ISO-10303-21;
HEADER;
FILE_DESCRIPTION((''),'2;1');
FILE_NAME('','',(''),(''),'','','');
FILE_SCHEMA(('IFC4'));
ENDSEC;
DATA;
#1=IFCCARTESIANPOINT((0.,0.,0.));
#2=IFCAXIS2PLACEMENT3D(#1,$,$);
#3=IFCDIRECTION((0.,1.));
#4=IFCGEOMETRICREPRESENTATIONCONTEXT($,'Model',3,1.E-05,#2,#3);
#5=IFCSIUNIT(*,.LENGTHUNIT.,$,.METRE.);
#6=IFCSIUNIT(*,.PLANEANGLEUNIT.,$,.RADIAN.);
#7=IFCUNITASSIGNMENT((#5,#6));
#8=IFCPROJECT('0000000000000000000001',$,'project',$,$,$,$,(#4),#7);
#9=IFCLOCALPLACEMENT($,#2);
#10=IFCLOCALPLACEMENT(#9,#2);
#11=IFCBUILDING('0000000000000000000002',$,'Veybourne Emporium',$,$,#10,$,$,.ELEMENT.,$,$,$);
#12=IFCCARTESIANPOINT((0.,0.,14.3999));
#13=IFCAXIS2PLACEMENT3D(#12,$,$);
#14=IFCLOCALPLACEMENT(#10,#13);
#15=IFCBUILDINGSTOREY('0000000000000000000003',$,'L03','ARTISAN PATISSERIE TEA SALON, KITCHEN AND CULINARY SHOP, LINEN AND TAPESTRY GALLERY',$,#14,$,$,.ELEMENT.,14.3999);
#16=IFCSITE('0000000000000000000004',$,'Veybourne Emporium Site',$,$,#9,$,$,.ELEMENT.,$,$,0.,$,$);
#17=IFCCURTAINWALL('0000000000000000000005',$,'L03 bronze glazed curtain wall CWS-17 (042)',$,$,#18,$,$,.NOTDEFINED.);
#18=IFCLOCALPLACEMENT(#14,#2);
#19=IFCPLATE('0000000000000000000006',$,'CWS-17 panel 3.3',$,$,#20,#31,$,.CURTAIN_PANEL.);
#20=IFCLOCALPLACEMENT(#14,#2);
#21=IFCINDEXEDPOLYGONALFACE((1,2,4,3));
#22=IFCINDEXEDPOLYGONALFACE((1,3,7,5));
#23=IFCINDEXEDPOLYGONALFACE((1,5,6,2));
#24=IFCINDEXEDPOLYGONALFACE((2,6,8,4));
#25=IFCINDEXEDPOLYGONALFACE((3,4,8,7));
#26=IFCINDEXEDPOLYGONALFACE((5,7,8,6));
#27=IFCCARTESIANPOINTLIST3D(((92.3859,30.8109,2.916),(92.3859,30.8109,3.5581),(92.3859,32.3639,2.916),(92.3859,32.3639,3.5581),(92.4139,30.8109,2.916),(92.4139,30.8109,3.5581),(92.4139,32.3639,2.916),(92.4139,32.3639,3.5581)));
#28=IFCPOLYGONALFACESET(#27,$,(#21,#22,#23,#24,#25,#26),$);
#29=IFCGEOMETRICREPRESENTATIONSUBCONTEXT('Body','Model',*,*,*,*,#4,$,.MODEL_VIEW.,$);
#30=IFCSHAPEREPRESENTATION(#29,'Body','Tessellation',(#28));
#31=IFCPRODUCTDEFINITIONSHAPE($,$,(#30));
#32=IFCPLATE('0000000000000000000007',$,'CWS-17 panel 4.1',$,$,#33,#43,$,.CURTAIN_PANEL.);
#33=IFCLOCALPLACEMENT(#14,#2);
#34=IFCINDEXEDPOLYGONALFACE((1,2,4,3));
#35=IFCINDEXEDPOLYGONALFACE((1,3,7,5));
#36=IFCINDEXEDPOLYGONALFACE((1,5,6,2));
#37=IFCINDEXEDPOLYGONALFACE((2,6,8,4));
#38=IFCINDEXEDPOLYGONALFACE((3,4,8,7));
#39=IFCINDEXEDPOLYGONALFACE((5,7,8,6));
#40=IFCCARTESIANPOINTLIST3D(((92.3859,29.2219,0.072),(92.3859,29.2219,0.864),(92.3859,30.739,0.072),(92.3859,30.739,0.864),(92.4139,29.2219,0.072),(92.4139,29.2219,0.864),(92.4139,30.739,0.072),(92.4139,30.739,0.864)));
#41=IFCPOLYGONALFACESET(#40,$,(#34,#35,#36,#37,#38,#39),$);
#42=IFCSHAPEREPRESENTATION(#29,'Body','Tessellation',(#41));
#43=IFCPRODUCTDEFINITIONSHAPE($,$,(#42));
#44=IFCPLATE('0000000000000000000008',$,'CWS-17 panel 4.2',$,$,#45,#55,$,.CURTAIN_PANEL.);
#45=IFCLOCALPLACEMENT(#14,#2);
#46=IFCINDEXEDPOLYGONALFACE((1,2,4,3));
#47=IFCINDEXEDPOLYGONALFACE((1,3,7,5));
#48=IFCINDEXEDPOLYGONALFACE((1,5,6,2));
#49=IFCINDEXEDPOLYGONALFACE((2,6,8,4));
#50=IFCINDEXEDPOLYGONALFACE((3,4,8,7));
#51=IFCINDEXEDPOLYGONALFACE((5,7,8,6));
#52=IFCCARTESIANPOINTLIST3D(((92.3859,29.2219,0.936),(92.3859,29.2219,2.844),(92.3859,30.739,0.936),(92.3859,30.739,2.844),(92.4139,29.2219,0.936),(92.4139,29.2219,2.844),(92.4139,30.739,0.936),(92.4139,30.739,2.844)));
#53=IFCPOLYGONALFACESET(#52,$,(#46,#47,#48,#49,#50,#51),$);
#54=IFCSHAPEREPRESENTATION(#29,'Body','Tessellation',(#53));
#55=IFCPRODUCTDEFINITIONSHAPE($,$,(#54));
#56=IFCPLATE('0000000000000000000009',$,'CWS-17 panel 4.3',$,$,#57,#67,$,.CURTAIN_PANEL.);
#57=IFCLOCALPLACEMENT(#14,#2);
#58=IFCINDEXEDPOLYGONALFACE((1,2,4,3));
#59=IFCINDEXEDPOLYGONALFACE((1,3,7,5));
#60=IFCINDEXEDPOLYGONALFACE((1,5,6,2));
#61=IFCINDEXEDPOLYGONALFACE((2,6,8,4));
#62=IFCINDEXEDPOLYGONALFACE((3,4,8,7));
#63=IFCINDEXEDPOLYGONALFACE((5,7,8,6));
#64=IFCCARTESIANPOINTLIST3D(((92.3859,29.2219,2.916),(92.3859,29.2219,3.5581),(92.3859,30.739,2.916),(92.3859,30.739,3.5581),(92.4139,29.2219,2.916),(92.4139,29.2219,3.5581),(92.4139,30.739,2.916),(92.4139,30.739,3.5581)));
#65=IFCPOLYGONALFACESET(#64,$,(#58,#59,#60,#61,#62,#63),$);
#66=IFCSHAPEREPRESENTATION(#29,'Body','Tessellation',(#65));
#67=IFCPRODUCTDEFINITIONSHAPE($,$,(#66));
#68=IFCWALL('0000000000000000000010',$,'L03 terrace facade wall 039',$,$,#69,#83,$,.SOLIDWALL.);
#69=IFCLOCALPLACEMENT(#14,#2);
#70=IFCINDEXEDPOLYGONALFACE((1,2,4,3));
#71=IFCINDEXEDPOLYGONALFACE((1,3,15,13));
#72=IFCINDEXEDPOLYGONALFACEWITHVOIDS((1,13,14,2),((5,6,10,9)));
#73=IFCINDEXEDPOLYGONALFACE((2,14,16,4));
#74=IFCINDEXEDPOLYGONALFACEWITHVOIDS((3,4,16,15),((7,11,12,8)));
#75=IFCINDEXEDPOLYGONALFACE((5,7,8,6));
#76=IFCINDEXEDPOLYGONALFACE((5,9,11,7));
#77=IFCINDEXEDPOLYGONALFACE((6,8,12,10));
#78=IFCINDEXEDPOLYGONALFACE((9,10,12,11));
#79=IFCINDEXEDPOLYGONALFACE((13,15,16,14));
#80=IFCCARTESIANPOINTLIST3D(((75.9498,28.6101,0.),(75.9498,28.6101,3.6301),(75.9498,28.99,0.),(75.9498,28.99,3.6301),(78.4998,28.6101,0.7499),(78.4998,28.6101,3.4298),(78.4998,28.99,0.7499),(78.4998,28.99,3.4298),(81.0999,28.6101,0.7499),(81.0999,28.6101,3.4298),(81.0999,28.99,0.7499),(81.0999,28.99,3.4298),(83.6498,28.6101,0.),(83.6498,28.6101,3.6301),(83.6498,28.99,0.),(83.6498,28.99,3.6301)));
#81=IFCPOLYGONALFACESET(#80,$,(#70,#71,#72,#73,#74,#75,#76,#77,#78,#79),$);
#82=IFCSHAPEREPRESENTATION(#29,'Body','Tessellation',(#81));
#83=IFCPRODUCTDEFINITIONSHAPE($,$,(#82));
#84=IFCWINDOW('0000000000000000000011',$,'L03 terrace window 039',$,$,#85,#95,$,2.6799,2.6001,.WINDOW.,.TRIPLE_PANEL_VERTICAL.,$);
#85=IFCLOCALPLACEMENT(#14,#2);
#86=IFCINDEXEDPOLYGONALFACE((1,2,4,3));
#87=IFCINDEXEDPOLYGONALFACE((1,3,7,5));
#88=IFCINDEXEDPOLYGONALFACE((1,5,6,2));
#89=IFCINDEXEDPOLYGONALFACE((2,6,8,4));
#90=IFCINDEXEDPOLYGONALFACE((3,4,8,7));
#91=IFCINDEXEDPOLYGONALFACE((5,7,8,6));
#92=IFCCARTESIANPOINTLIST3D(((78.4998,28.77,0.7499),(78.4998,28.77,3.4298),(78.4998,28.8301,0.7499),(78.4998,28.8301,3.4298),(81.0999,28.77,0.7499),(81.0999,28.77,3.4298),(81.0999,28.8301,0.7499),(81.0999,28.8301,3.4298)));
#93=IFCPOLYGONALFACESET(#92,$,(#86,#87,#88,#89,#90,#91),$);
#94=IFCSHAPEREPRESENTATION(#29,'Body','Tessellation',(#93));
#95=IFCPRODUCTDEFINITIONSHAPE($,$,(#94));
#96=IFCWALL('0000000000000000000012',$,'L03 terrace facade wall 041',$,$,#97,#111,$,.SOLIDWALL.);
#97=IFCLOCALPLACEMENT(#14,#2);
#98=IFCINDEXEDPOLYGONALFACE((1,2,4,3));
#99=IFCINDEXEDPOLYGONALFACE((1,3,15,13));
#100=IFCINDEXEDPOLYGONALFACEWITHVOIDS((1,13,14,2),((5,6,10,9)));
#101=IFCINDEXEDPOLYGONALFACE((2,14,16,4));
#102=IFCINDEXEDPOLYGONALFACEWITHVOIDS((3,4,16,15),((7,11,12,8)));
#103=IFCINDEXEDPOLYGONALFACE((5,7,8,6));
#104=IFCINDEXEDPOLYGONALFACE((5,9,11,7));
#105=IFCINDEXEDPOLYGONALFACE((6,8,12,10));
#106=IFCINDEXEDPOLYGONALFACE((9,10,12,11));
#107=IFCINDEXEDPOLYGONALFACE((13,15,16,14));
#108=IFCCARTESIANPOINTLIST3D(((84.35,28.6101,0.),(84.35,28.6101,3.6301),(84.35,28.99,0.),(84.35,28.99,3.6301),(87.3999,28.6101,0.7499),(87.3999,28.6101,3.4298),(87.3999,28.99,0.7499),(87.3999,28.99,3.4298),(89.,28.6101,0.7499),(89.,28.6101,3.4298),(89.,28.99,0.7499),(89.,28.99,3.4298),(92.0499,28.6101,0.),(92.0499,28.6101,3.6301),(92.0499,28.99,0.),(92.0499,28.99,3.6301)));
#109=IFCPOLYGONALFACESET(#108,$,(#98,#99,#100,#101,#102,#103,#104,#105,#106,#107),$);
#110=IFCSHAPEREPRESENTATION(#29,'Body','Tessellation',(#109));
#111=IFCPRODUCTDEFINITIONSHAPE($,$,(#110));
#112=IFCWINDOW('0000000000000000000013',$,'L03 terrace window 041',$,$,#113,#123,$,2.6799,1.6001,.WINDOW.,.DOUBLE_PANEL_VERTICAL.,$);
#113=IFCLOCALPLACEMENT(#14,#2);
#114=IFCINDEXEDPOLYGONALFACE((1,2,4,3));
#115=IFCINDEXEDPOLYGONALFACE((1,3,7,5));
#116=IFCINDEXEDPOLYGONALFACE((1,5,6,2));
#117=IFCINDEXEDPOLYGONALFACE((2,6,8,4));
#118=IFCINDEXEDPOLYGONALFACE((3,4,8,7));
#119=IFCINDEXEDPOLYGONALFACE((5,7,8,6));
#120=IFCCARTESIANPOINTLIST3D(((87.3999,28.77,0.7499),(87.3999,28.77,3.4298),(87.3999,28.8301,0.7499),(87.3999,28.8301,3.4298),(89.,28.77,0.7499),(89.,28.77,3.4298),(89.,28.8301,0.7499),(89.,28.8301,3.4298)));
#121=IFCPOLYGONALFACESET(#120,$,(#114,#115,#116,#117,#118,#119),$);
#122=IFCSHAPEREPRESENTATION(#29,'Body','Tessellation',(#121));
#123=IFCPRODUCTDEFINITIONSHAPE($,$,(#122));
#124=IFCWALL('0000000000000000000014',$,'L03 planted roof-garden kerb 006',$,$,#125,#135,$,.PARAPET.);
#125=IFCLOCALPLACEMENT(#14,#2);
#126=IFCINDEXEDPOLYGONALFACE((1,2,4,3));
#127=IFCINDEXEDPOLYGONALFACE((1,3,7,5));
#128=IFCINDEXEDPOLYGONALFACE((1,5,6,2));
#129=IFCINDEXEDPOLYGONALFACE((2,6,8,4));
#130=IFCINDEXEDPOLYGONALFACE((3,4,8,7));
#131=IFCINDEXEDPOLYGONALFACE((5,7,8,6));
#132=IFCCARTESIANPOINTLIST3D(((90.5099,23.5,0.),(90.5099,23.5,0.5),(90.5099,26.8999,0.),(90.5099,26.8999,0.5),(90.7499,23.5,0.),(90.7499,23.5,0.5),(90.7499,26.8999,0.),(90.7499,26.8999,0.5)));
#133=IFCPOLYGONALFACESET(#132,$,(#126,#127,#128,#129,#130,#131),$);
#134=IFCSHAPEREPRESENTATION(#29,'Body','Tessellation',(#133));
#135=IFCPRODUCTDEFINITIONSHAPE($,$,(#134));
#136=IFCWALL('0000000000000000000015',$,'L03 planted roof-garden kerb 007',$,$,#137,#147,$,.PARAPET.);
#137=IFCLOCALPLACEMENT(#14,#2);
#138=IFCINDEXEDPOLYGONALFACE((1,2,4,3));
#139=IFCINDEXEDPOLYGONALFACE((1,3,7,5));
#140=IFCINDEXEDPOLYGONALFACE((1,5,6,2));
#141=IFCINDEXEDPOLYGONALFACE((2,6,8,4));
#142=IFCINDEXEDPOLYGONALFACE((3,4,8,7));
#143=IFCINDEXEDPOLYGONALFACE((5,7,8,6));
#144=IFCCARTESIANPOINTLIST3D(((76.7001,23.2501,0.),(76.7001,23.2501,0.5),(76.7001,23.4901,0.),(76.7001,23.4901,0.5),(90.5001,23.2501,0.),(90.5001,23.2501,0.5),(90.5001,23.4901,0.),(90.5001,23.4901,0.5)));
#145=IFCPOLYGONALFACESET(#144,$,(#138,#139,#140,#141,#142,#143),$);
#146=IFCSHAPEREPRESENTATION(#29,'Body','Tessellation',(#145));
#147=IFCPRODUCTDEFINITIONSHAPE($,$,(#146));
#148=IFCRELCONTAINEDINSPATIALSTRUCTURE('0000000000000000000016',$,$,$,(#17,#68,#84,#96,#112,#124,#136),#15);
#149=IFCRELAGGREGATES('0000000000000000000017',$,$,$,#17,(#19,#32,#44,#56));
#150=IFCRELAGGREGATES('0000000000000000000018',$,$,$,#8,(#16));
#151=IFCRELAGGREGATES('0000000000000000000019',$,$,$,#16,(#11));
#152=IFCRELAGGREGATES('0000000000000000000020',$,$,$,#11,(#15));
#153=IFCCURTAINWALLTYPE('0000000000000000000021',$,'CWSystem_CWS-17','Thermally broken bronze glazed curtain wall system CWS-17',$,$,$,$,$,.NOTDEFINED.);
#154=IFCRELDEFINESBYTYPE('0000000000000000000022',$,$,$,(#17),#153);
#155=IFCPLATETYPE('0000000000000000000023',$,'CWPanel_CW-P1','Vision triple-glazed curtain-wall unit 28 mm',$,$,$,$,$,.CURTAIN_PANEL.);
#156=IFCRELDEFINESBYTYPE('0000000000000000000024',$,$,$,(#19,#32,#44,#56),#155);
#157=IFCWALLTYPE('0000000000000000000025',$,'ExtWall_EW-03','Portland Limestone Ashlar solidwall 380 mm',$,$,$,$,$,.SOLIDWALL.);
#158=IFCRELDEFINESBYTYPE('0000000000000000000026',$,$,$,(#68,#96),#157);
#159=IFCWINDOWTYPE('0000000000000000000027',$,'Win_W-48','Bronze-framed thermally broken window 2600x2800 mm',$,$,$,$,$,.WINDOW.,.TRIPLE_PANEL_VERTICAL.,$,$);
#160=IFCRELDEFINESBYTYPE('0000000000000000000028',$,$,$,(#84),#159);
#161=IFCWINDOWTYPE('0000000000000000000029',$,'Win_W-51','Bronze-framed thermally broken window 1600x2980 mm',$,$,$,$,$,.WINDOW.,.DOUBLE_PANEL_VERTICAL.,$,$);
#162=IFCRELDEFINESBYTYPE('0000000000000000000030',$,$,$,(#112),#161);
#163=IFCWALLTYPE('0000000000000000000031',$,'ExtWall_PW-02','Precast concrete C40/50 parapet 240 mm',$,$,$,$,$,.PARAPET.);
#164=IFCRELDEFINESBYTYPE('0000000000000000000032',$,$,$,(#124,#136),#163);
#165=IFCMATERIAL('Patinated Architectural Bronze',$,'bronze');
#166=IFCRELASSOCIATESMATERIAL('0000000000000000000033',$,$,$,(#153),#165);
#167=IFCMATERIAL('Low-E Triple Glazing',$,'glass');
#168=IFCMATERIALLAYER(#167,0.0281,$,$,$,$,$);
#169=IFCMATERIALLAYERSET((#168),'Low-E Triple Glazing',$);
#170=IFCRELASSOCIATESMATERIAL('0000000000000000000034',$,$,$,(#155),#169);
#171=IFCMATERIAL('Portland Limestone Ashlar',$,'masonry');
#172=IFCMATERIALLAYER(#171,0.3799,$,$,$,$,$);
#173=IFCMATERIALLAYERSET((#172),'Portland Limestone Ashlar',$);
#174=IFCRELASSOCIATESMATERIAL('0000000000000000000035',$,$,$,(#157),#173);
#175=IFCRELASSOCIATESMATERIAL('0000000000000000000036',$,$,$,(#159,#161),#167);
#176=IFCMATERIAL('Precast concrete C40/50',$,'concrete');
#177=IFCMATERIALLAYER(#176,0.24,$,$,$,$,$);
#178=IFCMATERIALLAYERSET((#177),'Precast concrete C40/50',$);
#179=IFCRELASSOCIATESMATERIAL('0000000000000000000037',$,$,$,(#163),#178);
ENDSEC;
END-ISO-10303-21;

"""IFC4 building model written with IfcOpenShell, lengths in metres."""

from ifc_helpers import new_model, si_unit, direction, frame, frame_2d, origin, origin_2d, place, context, subcontext, project, spatial, rectangle, extrude, material, layer, layer_set, type_object, element, fill, aggregate, save


model = new_model("IFC4")

# Units and contexts
model_context = context("Model", 3, precision=1e-05, world=origin(), true_north=direction((0.0, 1.0)))
body_context = subcontext(model_context, "Body", "Model", "MODEL_VIEW")
ifc_project = project(units=[si_unit("LENGTHUNIT", "METRE"), si_unit("PLANEANGLEUNIT", "RADIAN")], contexts=[model_context])

# Site, building, storey
site_placement = place(None, origin())
site = spatial("IfcSite", under=ifc_project, at=site_placement, Name="Veybourne Emporium Site", CompositionType="ELEMENT", RefElevation=0.0)
building_placement = place(site_placement, origin())
building = spatial("IfcBuilding", under=site, at=building_placement, Name="Veybourne Emporium", CompositionType="ELEMENT")
storey_placement = place(building_placement, frame((0.0, 0.0, 14.3999)))
storey = spatial("IfcBuildingStorey", under=building, at=storey_placement, Name="L03", Description="ARTISAN PATISSERIE TEA SALON, KITCHEN AND CULINARY SHOP, LINEN AND TAPESTRY GALLERY", CompositionType="ELEMENT", Elevation=14.3999)

# Curtain wall
ifc_material_1 = material(Name="Patinated Architectural Bronze", Category="bronze")
curtain_wall_type = type_object("IfcCurtainWallType", Name="CWSystem_CWS-17", Description="Thermally broken bronze glazed curtain wall system CWS-17", PredefinedType="NOTDEFINED", material=ifc_material_1)
curtain_wall_placement = place(storey_placement, origin())
curtain_wall = element("IfcCurtainWall", 1, at=curtain_wall_placement, inside=storey, type_object=curtain_wall_type, Name="L03 bronze glazed curtain wall CWS-17 (042)", PredefinedType="NOTDEFINED")

# Plates
ifc_material_2 = material(Name="Low-E Triple Glazing", Category="glass")
ifc_layer_1 = layer(ifc_material_2, 0.0281)
ifc_layer_set_1 = layer_set([ifc_layer_1], Name="Low-E Triple Glazing")
plate_type = type_object("IfcPlateType", Name="CWPanel_CW-P1", Description="Vision triple-glazed curtain-wall unit 28 mm", PredefinedType="CURTAIN_PANEL", material=ifc_layer_set_1)
plate_1_placement = place(storey_placement, frame((92.3999, 31.5874, 2.916), z_axis=(0.0, 0.0, 1.0), x_axis=(0.0, -1.0, 0.0)))
plate_1 = element("IfcPlate", 2, at=plate_1_placement, type_object=plate_type, Name="CWS-17 panel 3.3", PredefinedType="CURTAIN_PANEL", context=body_context, shape_type="SweptSolid", body=[
    extrude(rectangle(XDim=1.553, YDim=0.0281, at=origin_2d()), origin(), (0.0, 0.0, 1.0), 0.6421),
])
plate_2_placement = place(storey_placement, frame((92.3999, 29.9805, 0.072), z_axis=(0.0, 0.0, 1.0), x_axis=(0.0, -1.0, 0.0)))
plate_2 = element("IfcPlate", 3, at=plate_2_placement, type_object=plate_type, Name="CWS-17 panel 4.1", PredefinedType="CURTAIN_PANEL", context=body_context, shape_type="SweptSolid", body=[
    extrude(rectangle(XDim=1.5171, YDim=0.0281, at=origin_2d()), origin(), (0.0, 0.0, 1.0), 0.792),
])
plate_3_placement = place(storey_placement, frame((92.3999, 29.9805, 0.936), z_axis=(0.0, 0.0, 1.0), x_axis=(0.0, -1.0, 0.0)))
plate_3 = element("IfcPlate", 4, at=plate_3_placement, type_object=plate_type, Name="CWS-17 panel 4.2", PredefinedType="CURTAIN_PANEL", context=body_context, shape_type="SweptSolid", body=[
    extrude(rectangle(XDim=1.5171, YDim=0.0281, at=origin_2d()), origin(), (0.0, 0.0, 1.0), 1.908),
])
plate_4_placement = place(storey_placement, frame((92.3999, 29.9805, 2.916), z_axis=(0.0, 0.0, 1.0), x_axis=(0.0, -1.0, 0.0)))
plate_4 = element("IfcPlate", 5, at=plate_4_placement, type_object=plate_type, Name="CWS-17 panel 4.3", PredefinedType="CURTAIN_PANEL", context=body_context, shape_type="SweptSolid", body=[
    extrude(rectangle(XDim=1.5171, YDim=0.0281, at=origin_2d()), origin(), (0.0, 0.0, 1.0), 0.6421),
])
aggregate(curtain_wall, [plate_1, plate_2, plate_3, plate_4])

# Walls, openings, windows
ifc_material_3 = material(Name="Portland Limestone Ashlar", Category="masonry")
ifc_layer_2 = layer(ifc_material_3, 0.3799)
ifc_layer_set_2 = layer_set([ifc_layer_2], Name="Portland Limestone Ashlar")
wall_type_1 = type_object("IfcWallType", Name="ExtWall_EW-03", Description="Portland Limestone Ashlar solidwall 380 mm", PredefinedType="SOLIDWALL", material=ifc_layer_set_2)
wall_1_placement = place(storey_placement, frame((83.6499, 28.8, 0.0), z_axis=(0.0, 0.0, 1.0), x_axis=(-1.0, 0.0, 0.0)))
wall_1 = element("IfcWall", 6, at=wall_1_placement, inside=storey, type_object=wall_type_1, Name="L03 terrace facade wall 039", PredefinedType="SOLIDWALL", context=body_context, shape_type="SweptSolid", body=[
    extrude(rectangle(XDim=7.7, YDim=0.3799, at=frame_2d((3.8501, 0.0))), origin(), (0.0, 0.0, 1.0), 3.6301),
])
opening_1_placement = place(wall_1_placement, frame((2.55, 0.0, 0.75)))
opening_1 = element("IfcOpeningElement", 7, at=opening_1_placement, cuts=wall_1, PredefinedType="OPENING", context=body_context, shape_type="SweptSolid", body=[
    extrude(rectangle(XDim=2.6001, YDim=2.6799, at=frame_2d((1.3, 1.3398))), frame((0.0, 0.21, 0.0), z_axis=(0.0, -1.0, 0.0), x_axis=(1.0, 0.0, 0.0)), (0.0, 0.0, 1.0), 0.4199),
])
window_type_1 = type_object("IfcWindowType", Name="Win_W-48", Description="Bronze-framed thermally broken window 2600x2800 mm", PartitioningType="TRIPLE_PANEL_VERTICAL", PredefinedType="WINDOW", material=ifc_material_2)
window_1_placement = place(opening_1_placement, origin())
window_1 = element("IfcWindow", 8, at=window_1_placement, inside=storey, type_object=window_type_1, Name="L03 terrace window 039", OverallHeight=2.6799, OverallWidth=2.6001, PartitioningType="TRIPLE_PANEL_VERTICAL", PredefinedType="WINDOW", context=body_context, shape_type="SweptSolid", body=[
    extrude(rectangle(XDim=2.6001, YDim=2.6799, at=frame_2d((1.3, 1.3398))), frame((0.0, 0.03, 0.0), z_axis=(0.0, -1.0, 0.0), x_axis=(1.0, 0.0, 0.0)), (0.0, 0.0, 1.0), 0.0601),
])
fill(opening_1, window_1)
wall_2_placement = place(storey_placement, frame((92.05, 28.8, 0.0), z_axis=(0.0, 0.0, 1.0), x_axis=(-1.0, 0.0, 0.0)))
wall_2 = element("IfcWall", 9, at=wall_2_placement, inside=storey, type_object=wall_type_1, Name="L03 terrace facade wall 041", PredefinedType="SOLIDWALL", context=body_context, shape_type="SweptSolid", body=[
    extrude(rectangle(XDim=7.7, YDim=0.3799, at=frame_2d((3.8501, 0.0))), origin(), (0.0, 0.0, 1.0), 3.6301),
])
opening_2_placement = place(wall_2_placement, frame((3.05, 0.0, 0.75)))
opening_2 = element("IfcOpeningElement", 10, at=opening_2_placement, cuts=wall_2, PredefinedType="OPENING", context=body_context, shape_type="SweptSolid", body=[
    extrude(rectangle(XDim=1.6001, YDim=2.6799, at=frame_2d((0.8, 1.3398))), frame((0.0, 0.21, 0.0), z_axis=(0.0, -1.0, 0.0), x_axis=(1.0, 0.0, 0.0)), (0.0, 0.0, 1.0), 0.4199),
])
window_type_2 = type_object("IfcWindowType", Name="Win_W-51", Description="Bronze-framed thermally broken window 1600x2980 mm", PartitioningType="DOUBLE_PANEL_VERTICAL", PredefinedType="WINDOW", material=ifc_material_2)
window_2_placement = place(opening_2_placement, origin())
window_2 = element("IfcWindow", 11, at=window_2_placement, inside=storey, type_object=window_type_2, Name="L03 terrace window 041", OverallHeight=2.6799, OverallWidth=1.6001, PartitioningType="DOUBLE_PANEL_VERTICAL", PredefinedType="WINDOW", context=body_context, shape_type="SweptSolid", body=[
    extrude(rectangle(XDim=1.6001, YDim=2.6799, at=frame_2d((0.8, 1.3398))), frame((0.0, 0.03, 0.0), z_axis=(0.0, -1.0, 0.0), x_axis=(1.0, 0.0, 0.0)), (0.0, 0.0, 1.0), 0.0601),
])
fill(opening_2, window_2)

# Walls
ifc_material_4 = material(Name="Precast concrete C40/50", Category="concrete")
ifc_layer_3 = layer(ifc_material_4, 0.24)
ifc_layer_set_3 = layer_set([ifc_layer_3], Name="Precast concrete C40/50")
wall_type_2 = type_object("IfcWallType", Name="ExtWall_PW-02", Description="Precast concrete C40/50 parapet 240 mm", PredefinedType="PARAPET", material=ifc_layer_set_3)
wall_3_placement = place(storey_placement, frame((90.6299, 26.8999, 0.0), z_axis=(0.0, 0.0, 1.0), x_axis=(0.0, -1.0, 0.0)))
element("IfcWall", 12, at=wall_3_placement, inside=storey, type_object=wall_type_2, Name="L03 planted roof-garden kerb 006", PredefinedType="PARAPET", context=body_context, shape_type="SweptSolid", body=[
    extrude(rectangle(XDim=3.3999, YDim=0.24, at=frame_2d((1.7, 0.0))), origin(), (0.0, 0.0, 1.0), 0.5),
])
wall_4_placement = place(storey_placement, frame((90.5, 23.3701, 0.0), z_axis=(0.0, 0.0, 1.0), x_axis=(-1.0, 0.0, 0.0)))
element("IfcWall", 13, at=wall_4_placement, inside=storey, type_object=wall_type_2, Name="L03 planted roof-garden kerb 007", PredefinedType="PARAPET", context=body_context, shape_type="SweptSolid", body=[
    extrude(rectangle(XDim=13.8, YDim=0.24, at=frame_2d((6.8999, 0.0))), origin(), (0.0, 0.0, 1.0), 0.5),
])

save(model, "model.ifc")
